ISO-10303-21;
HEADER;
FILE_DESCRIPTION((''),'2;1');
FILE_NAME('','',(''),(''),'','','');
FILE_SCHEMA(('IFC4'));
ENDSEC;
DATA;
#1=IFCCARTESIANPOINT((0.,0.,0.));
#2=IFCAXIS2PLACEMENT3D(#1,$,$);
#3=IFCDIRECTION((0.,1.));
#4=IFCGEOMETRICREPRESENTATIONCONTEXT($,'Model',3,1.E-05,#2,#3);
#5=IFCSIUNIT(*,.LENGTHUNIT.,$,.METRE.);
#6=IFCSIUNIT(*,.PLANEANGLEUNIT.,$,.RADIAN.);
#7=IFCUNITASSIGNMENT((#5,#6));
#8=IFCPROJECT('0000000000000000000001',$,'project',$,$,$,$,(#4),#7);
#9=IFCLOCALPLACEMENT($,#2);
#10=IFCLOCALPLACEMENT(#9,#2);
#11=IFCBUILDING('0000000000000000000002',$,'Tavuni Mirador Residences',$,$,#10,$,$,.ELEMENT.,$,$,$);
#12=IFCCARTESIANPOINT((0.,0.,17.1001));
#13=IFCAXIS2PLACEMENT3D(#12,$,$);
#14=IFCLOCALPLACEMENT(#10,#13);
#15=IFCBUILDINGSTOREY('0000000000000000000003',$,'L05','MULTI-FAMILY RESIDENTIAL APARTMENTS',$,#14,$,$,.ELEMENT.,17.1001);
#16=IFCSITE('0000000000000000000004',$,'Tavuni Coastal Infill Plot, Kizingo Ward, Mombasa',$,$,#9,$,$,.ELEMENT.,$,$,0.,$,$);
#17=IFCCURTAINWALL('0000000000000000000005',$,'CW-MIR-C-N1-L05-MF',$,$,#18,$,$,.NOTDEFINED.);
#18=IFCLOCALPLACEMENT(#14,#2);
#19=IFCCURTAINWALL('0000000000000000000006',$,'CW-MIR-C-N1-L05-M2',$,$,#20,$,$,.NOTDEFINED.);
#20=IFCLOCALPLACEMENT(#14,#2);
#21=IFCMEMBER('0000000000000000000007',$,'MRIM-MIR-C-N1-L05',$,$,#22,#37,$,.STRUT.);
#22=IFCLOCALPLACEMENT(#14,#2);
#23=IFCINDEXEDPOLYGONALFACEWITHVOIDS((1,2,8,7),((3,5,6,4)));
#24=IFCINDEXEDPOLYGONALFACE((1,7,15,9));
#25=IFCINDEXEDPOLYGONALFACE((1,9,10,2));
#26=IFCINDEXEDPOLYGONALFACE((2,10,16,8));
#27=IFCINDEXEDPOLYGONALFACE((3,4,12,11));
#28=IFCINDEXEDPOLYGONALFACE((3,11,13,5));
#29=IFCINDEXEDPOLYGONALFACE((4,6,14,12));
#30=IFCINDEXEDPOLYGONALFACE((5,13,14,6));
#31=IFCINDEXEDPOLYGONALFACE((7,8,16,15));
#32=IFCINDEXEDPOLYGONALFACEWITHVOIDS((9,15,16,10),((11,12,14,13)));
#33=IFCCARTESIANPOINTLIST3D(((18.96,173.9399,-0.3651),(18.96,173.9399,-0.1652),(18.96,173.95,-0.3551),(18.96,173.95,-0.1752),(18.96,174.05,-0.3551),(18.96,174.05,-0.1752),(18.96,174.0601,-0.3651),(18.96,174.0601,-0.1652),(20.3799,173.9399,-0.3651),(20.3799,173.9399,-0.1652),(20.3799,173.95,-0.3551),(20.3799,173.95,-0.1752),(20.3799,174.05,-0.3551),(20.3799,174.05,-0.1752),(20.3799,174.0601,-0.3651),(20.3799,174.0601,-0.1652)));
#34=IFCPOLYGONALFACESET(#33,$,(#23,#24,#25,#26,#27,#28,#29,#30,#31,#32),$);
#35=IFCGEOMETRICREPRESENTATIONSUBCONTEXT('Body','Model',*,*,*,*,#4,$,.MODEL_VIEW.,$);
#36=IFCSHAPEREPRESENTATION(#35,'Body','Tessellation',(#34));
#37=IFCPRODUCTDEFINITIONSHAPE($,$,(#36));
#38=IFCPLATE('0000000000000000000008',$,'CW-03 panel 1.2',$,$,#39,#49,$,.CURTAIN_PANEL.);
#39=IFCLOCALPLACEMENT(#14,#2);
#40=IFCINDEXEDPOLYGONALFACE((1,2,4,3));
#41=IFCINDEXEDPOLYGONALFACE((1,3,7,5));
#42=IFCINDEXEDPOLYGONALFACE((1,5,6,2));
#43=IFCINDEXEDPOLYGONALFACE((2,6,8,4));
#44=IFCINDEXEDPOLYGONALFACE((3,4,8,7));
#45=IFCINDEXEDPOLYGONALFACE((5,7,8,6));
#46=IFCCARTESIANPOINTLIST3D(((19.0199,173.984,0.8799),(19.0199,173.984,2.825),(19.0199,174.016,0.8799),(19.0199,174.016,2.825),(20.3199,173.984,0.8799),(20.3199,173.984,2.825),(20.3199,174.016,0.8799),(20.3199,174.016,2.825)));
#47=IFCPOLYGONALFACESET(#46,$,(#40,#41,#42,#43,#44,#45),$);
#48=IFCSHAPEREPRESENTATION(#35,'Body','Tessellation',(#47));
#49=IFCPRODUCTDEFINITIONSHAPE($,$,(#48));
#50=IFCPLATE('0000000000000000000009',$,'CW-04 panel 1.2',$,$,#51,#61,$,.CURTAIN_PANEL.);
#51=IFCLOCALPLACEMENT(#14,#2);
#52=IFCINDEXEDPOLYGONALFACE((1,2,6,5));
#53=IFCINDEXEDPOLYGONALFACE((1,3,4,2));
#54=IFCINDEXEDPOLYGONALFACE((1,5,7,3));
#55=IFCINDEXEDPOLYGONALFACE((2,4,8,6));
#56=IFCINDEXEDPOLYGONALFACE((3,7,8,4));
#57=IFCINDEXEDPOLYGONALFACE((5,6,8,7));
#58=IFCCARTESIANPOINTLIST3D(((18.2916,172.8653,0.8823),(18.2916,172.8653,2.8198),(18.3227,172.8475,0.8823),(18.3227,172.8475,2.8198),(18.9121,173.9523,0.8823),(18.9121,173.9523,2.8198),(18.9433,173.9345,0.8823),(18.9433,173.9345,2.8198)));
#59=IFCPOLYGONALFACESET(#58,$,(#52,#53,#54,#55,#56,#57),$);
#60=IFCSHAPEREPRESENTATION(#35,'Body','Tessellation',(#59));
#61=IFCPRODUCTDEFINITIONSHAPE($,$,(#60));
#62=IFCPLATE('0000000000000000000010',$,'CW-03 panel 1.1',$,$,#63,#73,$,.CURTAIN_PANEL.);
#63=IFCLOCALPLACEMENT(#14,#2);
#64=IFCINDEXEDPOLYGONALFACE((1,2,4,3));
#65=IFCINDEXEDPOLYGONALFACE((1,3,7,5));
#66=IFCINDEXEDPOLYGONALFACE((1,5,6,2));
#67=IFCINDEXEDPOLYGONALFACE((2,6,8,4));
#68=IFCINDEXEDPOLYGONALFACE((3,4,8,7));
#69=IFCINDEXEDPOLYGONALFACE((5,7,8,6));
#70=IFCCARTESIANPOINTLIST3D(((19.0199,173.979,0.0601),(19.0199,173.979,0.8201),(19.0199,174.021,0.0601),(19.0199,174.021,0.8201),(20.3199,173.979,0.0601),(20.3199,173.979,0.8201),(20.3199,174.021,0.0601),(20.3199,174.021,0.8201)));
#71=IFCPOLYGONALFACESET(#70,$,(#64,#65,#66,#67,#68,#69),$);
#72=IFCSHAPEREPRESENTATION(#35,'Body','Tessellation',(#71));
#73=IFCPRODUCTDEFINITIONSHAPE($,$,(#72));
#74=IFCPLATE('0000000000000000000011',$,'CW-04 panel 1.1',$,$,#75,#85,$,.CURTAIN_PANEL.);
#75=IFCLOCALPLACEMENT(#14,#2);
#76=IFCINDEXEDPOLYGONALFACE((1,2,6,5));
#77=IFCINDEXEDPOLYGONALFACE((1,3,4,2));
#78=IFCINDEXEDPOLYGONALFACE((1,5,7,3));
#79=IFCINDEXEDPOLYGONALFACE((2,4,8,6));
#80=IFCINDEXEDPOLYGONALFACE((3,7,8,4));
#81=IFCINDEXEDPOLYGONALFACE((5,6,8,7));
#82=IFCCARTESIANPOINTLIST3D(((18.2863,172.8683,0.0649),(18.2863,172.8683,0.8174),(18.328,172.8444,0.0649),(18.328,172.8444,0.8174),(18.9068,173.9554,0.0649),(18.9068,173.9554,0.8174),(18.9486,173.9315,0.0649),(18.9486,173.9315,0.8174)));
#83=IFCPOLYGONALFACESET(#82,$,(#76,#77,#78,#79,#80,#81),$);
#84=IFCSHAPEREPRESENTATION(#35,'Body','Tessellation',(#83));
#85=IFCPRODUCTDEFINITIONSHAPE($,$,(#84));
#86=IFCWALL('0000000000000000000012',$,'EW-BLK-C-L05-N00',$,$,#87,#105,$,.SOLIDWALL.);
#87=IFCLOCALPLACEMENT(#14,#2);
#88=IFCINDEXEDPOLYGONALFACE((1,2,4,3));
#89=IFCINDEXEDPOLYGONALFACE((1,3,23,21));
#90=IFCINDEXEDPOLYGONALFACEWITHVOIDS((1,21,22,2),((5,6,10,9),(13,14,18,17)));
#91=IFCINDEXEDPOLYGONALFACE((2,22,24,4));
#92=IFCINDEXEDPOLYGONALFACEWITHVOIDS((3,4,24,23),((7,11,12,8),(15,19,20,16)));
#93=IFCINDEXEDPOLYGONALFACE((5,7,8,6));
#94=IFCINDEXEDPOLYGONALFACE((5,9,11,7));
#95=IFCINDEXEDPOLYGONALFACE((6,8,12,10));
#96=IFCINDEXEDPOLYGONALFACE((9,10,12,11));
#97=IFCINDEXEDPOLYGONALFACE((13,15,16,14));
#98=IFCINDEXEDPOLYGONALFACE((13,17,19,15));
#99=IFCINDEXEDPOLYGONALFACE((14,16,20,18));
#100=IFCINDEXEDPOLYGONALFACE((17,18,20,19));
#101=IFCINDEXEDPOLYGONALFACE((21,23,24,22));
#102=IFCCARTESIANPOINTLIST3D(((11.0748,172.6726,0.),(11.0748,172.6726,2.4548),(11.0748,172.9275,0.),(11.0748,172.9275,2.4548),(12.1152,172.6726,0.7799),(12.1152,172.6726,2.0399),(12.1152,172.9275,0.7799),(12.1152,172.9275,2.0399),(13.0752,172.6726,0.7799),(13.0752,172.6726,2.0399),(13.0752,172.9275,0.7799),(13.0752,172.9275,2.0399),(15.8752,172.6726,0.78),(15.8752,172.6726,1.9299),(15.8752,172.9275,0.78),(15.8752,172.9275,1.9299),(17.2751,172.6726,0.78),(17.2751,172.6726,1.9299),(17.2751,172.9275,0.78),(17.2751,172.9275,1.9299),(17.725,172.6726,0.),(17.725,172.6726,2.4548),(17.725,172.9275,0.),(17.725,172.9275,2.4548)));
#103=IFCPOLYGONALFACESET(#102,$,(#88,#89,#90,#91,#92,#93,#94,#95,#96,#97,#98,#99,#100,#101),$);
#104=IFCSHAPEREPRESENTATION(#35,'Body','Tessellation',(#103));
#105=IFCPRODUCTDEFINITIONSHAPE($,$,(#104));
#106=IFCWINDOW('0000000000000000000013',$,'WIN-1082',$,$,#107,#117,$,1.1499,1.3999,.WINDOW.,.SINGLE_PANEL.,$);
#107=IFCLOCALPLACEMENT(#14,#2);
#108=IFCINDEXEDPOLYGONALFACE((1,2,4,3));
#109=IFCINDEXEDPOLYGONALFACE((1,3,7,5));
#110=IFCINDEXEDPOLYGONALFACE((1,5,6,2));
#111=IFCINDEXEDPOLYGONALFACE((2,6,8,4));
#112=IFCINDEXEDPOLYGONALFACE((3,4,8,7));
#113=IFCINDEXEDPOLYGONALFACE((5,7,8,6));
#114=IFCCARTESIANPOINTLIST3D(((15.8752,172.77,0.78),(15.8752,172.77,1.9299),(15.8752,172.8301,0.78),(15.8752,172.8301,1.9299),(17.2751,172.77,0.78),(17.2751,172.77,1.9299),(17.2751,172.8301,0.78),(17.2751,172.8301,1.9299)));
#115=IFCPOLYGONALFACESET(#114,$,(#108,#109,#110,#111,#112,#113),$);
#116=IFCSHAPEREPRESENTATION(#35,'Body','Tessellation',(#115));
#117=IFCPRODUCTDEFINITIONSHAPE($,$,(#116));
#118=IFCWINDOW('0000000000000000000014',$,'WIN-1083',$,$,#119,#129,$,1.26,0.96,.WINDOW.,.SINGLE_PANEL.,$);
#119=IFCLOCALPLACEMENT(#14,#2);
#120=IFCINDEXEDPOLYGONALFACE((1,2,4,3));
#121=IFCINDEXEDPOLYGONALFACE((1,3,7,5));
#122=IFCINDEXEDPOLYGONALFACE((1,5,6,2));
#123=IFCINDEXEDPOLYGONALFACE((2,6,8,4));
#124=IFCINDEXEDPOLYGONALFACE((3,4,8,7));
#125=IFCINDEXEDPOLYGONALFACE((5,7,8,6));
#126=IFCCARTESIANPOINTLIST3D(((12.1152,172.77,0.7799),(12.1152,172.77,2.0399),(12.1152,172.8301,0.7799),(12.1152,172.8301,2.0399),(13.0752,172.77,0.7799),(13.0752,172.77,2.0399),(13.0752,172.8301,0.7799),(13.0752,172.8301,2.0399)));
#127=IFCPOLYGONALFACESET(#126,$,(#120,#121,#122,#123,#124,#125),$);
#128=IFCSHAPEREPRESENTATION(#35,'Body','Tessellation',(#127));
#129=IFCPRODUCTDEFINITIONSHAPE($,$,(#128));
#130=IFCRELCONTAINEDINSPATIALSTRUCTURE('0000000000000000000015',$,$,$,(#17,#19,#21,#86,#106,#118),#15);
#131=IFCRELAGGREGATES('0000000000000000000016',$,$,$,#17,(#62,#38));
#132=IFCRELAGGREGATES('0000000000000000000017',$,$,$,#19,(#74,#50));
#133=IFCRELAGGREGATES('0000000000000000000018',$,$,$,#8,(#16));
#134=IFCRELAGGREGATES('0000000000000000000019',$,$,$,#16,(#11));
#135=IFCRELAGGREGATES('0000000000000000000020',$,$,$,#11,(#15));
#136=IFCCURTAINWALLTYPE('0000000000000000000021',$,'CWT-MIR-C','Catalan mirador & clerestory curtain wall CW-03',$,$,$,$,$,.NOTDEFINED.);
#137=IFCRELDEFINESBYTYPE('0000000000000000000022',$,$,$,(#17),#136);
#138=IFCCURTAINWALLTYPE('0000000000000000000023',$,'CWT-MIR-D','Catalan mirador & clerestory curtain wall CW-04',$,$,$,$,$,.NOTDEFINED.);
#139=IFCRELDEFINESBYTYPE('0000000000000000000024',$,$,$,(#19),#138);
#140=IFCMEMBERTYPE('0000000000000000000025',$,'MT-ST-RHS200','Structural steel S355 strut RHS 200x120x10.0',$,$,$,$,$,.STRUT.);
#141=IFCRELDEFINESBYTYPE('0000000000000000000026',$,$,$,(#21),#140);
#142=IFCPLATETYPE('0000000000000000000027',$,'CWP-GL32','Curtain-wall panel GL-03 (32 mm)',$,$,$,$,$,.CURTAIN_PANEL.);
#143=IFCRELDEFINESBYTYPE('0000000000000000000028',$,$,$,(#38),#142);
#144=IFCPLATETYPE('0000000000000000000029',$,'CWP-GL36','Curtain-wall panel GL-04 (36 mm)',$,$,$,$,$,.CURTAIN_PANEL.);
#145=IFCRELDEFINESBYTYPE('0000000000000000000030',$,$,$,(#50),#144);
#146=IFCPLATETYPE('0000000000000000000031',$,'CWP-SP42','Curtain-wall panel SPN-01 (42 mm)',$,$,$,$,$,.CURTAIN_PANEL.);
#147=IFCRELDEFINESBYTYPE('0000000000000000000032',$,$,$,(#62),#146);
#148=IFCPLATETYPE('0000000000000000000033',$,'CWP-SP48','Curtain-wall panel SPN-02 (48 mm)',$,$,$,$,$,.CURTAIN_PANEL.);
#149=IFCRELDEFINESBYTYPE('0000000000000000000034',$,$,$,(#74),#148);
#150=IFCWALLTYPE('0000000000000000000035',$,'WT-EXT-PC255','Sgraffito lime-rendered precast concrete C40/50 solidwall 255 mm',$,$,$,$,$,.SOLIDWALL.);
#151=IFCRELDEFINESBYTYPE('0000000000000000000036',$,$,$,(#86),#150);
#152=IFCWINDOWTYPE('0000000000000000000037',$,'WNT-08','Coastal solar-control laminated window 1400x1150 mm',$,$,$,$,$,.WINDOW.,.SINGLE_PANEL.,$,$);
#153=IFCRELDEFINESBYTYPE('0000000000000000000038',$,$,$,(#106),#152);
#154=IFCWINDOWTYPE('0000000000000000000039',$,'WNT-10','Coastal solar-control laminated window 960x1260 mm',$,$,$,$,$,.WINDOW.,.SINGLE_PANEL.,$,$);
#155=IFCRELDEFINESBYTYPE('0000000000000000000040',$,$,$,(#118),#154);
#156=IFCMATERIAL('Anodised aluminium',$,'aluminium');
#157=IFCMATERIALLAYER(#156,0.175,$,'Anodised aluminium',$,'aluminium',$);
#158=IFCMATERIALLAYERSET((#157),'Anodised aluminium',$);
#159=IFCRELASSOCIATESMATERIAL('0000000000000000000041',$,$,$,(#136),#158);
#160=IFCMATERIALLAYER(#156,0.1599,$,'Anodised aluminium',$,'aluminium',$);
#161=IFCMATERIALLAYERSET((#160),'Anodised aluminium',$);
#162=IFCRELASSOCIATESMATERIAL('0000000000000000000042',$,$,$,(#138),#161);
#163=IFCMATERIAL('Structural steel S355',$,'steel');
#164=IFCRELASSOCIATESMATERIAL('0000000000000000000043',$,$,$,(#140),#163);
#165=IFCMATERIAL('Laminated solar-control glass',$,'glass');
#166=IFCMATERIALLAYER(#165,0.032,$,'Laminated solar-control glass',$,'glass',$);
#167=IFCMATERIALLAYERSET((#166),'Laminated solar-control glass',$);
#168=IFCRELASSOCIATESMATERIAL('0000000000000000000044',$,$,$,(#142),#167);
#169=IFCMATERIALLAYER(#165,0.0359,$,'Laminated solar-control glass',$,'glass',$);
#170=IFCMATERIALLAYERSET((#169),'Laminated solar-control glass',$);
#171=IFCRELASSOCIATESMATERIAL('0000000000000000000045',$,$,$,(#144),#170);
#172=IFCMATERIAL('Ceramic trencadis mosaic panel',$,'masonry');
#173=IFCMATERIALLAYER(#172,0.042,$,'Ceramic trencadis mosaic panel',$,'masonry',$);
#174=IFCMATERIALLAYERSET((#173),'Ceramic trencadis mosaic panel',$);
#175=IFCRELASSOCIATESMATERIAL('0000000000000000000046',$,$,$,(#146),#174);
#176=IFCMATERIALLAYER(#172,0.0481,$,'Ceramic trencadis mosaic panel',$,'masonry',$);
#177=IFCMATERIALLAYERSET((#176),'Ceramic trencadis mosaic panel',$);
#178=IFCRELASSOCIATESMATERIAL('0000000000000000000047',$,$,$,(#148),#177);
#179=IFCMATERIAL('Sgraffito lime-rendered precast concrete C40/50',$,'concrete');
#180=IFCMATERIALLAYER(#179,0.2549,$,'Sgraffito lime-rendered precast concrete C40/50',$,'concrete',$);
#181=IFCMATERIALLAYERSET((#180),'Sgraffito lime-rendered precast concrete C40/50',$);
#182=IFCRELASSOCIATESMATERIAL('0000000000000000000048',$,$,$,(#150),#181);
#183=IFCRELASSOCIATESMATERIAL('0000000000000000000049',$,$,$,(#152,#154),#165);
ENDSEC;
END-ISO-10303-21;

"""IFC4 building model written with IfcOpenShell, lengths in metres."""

from ifc_helpers import new_model, si_unit, direction, frame, frame_2d, origin, origin_2d, place, context, subcontext, project, spatial, rectangle, hollow_rectangle, extrude, material, layer, layer_set, material_profile, profile_set, type_object, element, fill, aggregate, save


model = new_model("IFC4")

# Units and contexts
model_context = context("Model", 3, precision=1e-05, world=origin(), true_north=direction((0.0, 1.0)))
body_context = subcontext(model_context, "Body", "Model", "MODEL_VIEW")
ifc_project = project(units=[si_unit("LENGTHUNIT", "METRE"), si_unit("PLANEANGLEUNIT", "RADIAN")], contexts=[model_context])

# Site, building, storey
site_placement = place(None, origin())
site = spatial("IfcSite", under=ifc_project, at=site_placement, Name="Tavuni Coastal Infill Plot, Kizingo Ward, Mombasa", CompositionType="ELEMENT", RefElevation=0.0)
building_placement = place(site_placement, origin())
building = spatial("IfcBuilding", under=site, at=building_placement, Name="Tavuni Mirador Residences", CompositionType="ELEMENT")
storey_placement = place(building_placement, frame((0.0, 0.0, 17.1001)))
storey = spatial("IfcBuildingStorey", under=building, at=storey_placement, Name="L05", Description="MULTI-FAMILY RESIDENTIAL APARTMENTS", CompositionType="ELEMENT", Elevation=17.1001)

# Curtain wall
ifc_material_1 = material(Name="Anodised aluminium", Category="aluminium")
ifc_layer_1 = layer(ifc_material_1, 0.175, Name="Anodised aluminium", Category="aluminium")
ifc_layer_set_1 = layer_set([ifc_layer_1], Name="Anodised aluminium")
curtain_wall_type_1 = type_object("IfcCurtainWallType", Name="CWT-MIR-C", Description="Catalan mirador & clerestory curtain wall CW-03", PredefinedType="NOTDEFINED", material=ifc_layer_set_1)
curtain_wall_1_placement = place(storey_placement, origin())
curtain_wall_1 = element("IfcCurtainWall", 1, at=curtain_wall_1_placement, inside=storey, type_object=curtain_wall_type_1, Name="CW-MIR-C-N1-L05-MF", PredefinedType="NOTDEFINED")

# Curtain wall
ifc_layer_2 = layer(ifc_material_1, 0.1599, Name="Anodised aluminium", Category="aluminium")
ifc_layer_set_2 = layer_set([ifc_layer_2], Name="Anodised aluminium")
curtain_wall_type_2 = type_object("IfcCurtainWallType", Name="CWT-MIR-D", Description="Catalan mirador & clerestory curtain wall CW-04", PredefinedType="NOTDEFINED", material=ifc_layer_set_2)
curtain_wall_2_placement = place(storey_placement, origin())
curtain_wall_2 = element("IfcCurtainWall", 2, at=curtain_wall_2_placement, inside=storey, type_object=curtain_wall_type_2, Name="CW-MIR-C-N1-L05-M2", PredefinedType="NOTDEFINED")

# Member
ifc_material_2 = material(Name="Structural steel S355", Category="steel")
ifc_material_profile_1 = material_profile(ifc_material_2, hollow_rectangle(XDim=0.1201, YDim=0.2, WallThickness=0.01, at=origin_2d()), Name="RHS 200x120x10.0", Category="steel")
ifc_profile_set_1 = profile_set([ifc_material_profile_1], Name="Structural steel S355")
member_type_1 = type_object("IfcMemberType", Name="MT-ST-RHS200", Description="Structural steel S355 strut RHS 200x120x10.0", PredefinedType="STRUT", material=ifc_profile_set_1)
member_1_placement = place(storey_placement, frame((18.96, 174.0, -0.2651), z_axis=(1.0, 0.0, 0.0), x_axis=(0.0, 1.0, 0.0)))
element("IfcMember", 3, at=member_1_placement, inside=storey, type_object=member_type_1, Name="MRIM-MIR-C-N1-L05", PredefinedType="STRUT", context=body_context, shape_type="SweptSolid", body=[
    extrude(hollow_rectangle(XDim=0.1201, YDim=0.2, WallThickness=0.01, at=origin_2d()), origin(), (0.0, 0.0, 1.0), 1.4199),
])

# Plates
ifc_material_3 = material(Name="Laminated solar-control glass", Category="glass")
ifc_layer_3 = layer(ifc_material_3, 0.032, Name="Laminated solar-control glass", Category="glass")
ifc_layer_set_3 = layer_set([ifc_layer_3], Name="Laminated solar-control glass")
plate_type_1 = type_object("IfcPlateType", Name="CWP-GL32", Description="Curtain-wall panel GL-03 (32 mm)", PredefinedType="CURTAIN_PANEL", material=ifc_layer_set_3)
plate_1_placement = place(storey_placement, frame((19.6699, 174.0, 0.8799), z_axis=(0.0, 0.0, 1.0), x_axis=(-1.0, 0.0, 0.0)))
plate_1 = element("IfcPlate", 4, at=plate_1_placement, type_object=plate_type_1, Name="CW-03 panel 1.2", PredefinedType="CURTAIN_PANEL", context=body_context, shape_type="SweptSolid", body=[
    extrude(rectangle(XDim=1.3, YDim=0.032, at=origin_2d()), origin(), (0.0, 0.0, 1.0), 1.9451),
])
ifc_layer_4 = layer(ifc_material_3, 0.0359, Name="Laminated solar-control glass", Category="glass")
ifc_layer_set_4 = layer_set([ifc_layer_4], Name="Laminated solar-control glass")
plate_type_2 = type_object("IfcPlateType", Name="CWP-GL36", Description="Curtain-wall panel GL-04 (36 mm)", PredefinedType="CURTAIN_PANEL", material=ifc_layer_set_4)
plate_2_placement = place(storey_placement, frame((18.6174, 173.3999, 0.8823), z_axis=(0.0, 0.0, 1.0), x_axis=(-0.495749, -0.868466, 0.0)))
plate_2 = element("IfcPlate", 5, at=plate_2_placement, type_object=plate_type_2, Name="CW-04 panel 1.2", PredefinedType="CURTAIN_PANEL", context=body_context, shape_type="SweptSolid", body=[
    extrude(rectangle(XDim=1.2517, YDim=0.0359, at=origin_2d()), origin(), (0.0, 0.0, 1.0), 1.9375),
])
ifc_material_4 = material(Name="Ceramic trencadis mosaic panel", Category="masonry")
ifc_layer_5 = layer(ifc_material_4, 0.042, Name="Ceramic trencadis mosaic panel", Category="masonry")
ifc_layer_set_5 = layer_set([ifc_layer_5], Name="Ceramic trencadis mosaic panel")
plate_type_3 = type_object("IfcPlateType", Name="CWP-SP42", Description="Curtain-wall panel SPN-01 (42 mm)", PredefinedType="CURTAIN_PANEL", material=ifc_layer_set_5)
plate_3_placement = place(storey_placement, frame((19.6699, 174.0, 0.0601), z_axis=(0.0, 0.0, 1.0), x_axis=(-1.0, 0.0, 0.0)))
plate_3 = element("IfcPlate", 6, at=plate_3_placement, type_object=plate_type_3, Name="CW-03 panel 1.1", PredefinedType="CURTAIN_PANEL", context=body_context, shape_type="SweptSolid", body=[
    extrude(rectangle(XDim=1.3, YDim=0.042, at=origin_2d()), origin(), (0.0, 0.0, 1.0), 0.76),
])
aggregate(curtain_wall_1, [plate_3, plate_1])
ifc_layer_6 = layer(ifc_material_4, 0.0481, Name="Ceramic trencadis mosaic panel", Category="masonry")
ifc_layer_set_6 = layer_set([ifc_layer_6], Name="Ceramic trencadis mosaic panel")
plate_type_4 = type_object("IfcPlateType", Name="CWP-SP48", Description="Curtain-wall panel SPN-02 (48 mm)", PredefinedType="CURTAIN_PANEL", material=ifc_layer_set_6)
plate_4_placement = place(storey_placement, frame((18.6174, 173.3999, 0.0649), z_axis=(0.0, 0.0, 1.0), x_axis=(-0.495749, -0.868466, 0.0)))
plate_4 = element("IfcPlate", 7, at=plate_4_placement, type_object=plate_type_4, Name="CW-04 panel 1.1", PredefinedType="CURTAIN_PANEL", context=body_context, shape_type="SweptSolid", body=[
    extrude(rectangle(XDim=1.2517, YDim=0.0481, at=origin_2d()), origin(), (0.0, 0.0, 1.0), 0.7524),
])
aggregate(curtain_wall_2, [plate_4, plate_2])

# Wall, openings, windows
ifc_material_5 = material(Name="Sgraffito lime-rendered precast concrete C40/50", Category="concrete")
ifc_layer_7 = layer(ifc_material_5, 0.2549, Name="Sgraffito lime-rendered precast concrete C40/50", Category="concrete")
ifc_layer_set_7 = layer_set([ifc_layer_7], Name="Sgraffito lime-rendered precast concrete C40/50")
wall_type_1 = type_object("IfcWallType", Name="WT-EXT-PC255", Description="Sgraffito lime-rendered precast concrete C40/50 solidwall 255 mm", PredefinedType="SOLIDWALL", material=ifc_layer_set_7)
wall_1_placement = place(storey_placement, frame((17.7251, 172.8, 0.0), z_axis=(0.0, 0.0, 1.0), x_axis=(-1.0, 0.0, 0.0)))
wall_1 = element("IfcWall", 8, at=wall_1_placement, inside=storey, type_object=wall_type_1, Name="EW-BLK-C-L05-N00", PredefinedType="SOLIDWALL", context=body_context, shape_type="SweptSolid", body=[
    extrude(rectangle(XDim=6.6501, YDim=0.2549, at=frame_2d((3.3252, 0.0))), origin(), (0.0, 0.0, 1.0), 2.4548),
])
opening_1_placement = place(wall_1_placement, frame((0.45, 0.0, 0.78)))
opening_1 = element("IfcOpeningElement", 9, at=opening_1_placement, cuts=wall_1, PredefinedType="OPENING", context=body_context, shape_type="SweptSolid", body=[
    extrude(rectangle(XDim=1.3999, YDim=1.1499, at=frame_2d((0.7, 0.575))), frame((0.0, 0.1375, 0.0), z_axis=(0.0, -1.0, 0.0), x_axis=(1.0, 0.0, 0.0)), (0.0, 0.0, 1.0), 0.2749),
])
opening_2_placement = place(wall_1_placement, frame((4.6499, 0.0, 0.78)))
opening_2 = element("IfcOpeningElement", 10, at=opening_2_placement, cuts=wall_1, PredefinedType="OPENING", context=body_context, shape_type="SweptSolid", body=[
    extrude(rectangle(XDim=0.96, YDim=1.26, at=frame_2d((0.48, 0.6299))), frame((0.0, 0.1375, 0.0), z_axis=(0.0, -1.0, 0.0), x_axis=(1.0, 0.0, 0.0)), (0.0, 0.0, 1.0), 0.2749),
])
window_type_1 = type_object("IfcWindowType", Name="WNT-08", Description="Coastal solar-control laminated window 1400x1150 mm", PartitioningType="SINGLE_PANEL", PredefinedType="WINDOW", material=ifc_material_3)
window_1_placement = place(opening_1_placement, origin())
window_1 = element("IfcWindow", 11, at=window_1_placement, inside=storey, type_object=window_type_1, Name="WIN-1082", OverallHeight=1.1499, OverallWidth=1.3999, PartitioningType="SINGLE_PANEL", PredefinedType="WINDOW", context=body_context, shape_type="SweptSolid", body=[
    extrude(rectangle(XDim=1.3999, YDim=1.1499, at=frame_2d((0.7, 0.575))), frame((0.0, 0.03, 0.0), z_axis=(0.0, -1.0, 0.0), x_axis=(1.0, 0.0, 0.0)), (0.0, 0.0, 1.0), 0.0601),
])
fill(opening_1, window_1)
window_type_2 = type_object("IfcWindowType", Name="WNT-10", Description="Coastal solar-control laminated window 960x1260 mm", PartitioningType="SINGLE_PANEL", PredefinedType="WINDOW", material=ifc_material_3)
window_2_placement = place(opening_2_placement, origin())
window_2 = element("IfcWindow", 12, at=window_2_placement, inside=storey, type_object=window_type_2, Name="WIN-1083", OverallHeight=1.26, OverallWidth=0.96, PartitioningType="SINGLE_PANEL", PredefinedType="WINDOW", context=body_context, shape_type="SweptSolid", body=[
    extrude(rectangle(XDim=0.96, YDim=1.26, at=frame_2d((0.48, 0.6299))), frame((0.0, 0.03, 0.0), z_axis=(0.0, -1.0, 0.0), x_axis=(1.0, 0.0, 0.0)), (0.0, 0.0, 1.0), 0.0601),
])
fill(opening_2, window_2)

save(model, "model.ifc")
